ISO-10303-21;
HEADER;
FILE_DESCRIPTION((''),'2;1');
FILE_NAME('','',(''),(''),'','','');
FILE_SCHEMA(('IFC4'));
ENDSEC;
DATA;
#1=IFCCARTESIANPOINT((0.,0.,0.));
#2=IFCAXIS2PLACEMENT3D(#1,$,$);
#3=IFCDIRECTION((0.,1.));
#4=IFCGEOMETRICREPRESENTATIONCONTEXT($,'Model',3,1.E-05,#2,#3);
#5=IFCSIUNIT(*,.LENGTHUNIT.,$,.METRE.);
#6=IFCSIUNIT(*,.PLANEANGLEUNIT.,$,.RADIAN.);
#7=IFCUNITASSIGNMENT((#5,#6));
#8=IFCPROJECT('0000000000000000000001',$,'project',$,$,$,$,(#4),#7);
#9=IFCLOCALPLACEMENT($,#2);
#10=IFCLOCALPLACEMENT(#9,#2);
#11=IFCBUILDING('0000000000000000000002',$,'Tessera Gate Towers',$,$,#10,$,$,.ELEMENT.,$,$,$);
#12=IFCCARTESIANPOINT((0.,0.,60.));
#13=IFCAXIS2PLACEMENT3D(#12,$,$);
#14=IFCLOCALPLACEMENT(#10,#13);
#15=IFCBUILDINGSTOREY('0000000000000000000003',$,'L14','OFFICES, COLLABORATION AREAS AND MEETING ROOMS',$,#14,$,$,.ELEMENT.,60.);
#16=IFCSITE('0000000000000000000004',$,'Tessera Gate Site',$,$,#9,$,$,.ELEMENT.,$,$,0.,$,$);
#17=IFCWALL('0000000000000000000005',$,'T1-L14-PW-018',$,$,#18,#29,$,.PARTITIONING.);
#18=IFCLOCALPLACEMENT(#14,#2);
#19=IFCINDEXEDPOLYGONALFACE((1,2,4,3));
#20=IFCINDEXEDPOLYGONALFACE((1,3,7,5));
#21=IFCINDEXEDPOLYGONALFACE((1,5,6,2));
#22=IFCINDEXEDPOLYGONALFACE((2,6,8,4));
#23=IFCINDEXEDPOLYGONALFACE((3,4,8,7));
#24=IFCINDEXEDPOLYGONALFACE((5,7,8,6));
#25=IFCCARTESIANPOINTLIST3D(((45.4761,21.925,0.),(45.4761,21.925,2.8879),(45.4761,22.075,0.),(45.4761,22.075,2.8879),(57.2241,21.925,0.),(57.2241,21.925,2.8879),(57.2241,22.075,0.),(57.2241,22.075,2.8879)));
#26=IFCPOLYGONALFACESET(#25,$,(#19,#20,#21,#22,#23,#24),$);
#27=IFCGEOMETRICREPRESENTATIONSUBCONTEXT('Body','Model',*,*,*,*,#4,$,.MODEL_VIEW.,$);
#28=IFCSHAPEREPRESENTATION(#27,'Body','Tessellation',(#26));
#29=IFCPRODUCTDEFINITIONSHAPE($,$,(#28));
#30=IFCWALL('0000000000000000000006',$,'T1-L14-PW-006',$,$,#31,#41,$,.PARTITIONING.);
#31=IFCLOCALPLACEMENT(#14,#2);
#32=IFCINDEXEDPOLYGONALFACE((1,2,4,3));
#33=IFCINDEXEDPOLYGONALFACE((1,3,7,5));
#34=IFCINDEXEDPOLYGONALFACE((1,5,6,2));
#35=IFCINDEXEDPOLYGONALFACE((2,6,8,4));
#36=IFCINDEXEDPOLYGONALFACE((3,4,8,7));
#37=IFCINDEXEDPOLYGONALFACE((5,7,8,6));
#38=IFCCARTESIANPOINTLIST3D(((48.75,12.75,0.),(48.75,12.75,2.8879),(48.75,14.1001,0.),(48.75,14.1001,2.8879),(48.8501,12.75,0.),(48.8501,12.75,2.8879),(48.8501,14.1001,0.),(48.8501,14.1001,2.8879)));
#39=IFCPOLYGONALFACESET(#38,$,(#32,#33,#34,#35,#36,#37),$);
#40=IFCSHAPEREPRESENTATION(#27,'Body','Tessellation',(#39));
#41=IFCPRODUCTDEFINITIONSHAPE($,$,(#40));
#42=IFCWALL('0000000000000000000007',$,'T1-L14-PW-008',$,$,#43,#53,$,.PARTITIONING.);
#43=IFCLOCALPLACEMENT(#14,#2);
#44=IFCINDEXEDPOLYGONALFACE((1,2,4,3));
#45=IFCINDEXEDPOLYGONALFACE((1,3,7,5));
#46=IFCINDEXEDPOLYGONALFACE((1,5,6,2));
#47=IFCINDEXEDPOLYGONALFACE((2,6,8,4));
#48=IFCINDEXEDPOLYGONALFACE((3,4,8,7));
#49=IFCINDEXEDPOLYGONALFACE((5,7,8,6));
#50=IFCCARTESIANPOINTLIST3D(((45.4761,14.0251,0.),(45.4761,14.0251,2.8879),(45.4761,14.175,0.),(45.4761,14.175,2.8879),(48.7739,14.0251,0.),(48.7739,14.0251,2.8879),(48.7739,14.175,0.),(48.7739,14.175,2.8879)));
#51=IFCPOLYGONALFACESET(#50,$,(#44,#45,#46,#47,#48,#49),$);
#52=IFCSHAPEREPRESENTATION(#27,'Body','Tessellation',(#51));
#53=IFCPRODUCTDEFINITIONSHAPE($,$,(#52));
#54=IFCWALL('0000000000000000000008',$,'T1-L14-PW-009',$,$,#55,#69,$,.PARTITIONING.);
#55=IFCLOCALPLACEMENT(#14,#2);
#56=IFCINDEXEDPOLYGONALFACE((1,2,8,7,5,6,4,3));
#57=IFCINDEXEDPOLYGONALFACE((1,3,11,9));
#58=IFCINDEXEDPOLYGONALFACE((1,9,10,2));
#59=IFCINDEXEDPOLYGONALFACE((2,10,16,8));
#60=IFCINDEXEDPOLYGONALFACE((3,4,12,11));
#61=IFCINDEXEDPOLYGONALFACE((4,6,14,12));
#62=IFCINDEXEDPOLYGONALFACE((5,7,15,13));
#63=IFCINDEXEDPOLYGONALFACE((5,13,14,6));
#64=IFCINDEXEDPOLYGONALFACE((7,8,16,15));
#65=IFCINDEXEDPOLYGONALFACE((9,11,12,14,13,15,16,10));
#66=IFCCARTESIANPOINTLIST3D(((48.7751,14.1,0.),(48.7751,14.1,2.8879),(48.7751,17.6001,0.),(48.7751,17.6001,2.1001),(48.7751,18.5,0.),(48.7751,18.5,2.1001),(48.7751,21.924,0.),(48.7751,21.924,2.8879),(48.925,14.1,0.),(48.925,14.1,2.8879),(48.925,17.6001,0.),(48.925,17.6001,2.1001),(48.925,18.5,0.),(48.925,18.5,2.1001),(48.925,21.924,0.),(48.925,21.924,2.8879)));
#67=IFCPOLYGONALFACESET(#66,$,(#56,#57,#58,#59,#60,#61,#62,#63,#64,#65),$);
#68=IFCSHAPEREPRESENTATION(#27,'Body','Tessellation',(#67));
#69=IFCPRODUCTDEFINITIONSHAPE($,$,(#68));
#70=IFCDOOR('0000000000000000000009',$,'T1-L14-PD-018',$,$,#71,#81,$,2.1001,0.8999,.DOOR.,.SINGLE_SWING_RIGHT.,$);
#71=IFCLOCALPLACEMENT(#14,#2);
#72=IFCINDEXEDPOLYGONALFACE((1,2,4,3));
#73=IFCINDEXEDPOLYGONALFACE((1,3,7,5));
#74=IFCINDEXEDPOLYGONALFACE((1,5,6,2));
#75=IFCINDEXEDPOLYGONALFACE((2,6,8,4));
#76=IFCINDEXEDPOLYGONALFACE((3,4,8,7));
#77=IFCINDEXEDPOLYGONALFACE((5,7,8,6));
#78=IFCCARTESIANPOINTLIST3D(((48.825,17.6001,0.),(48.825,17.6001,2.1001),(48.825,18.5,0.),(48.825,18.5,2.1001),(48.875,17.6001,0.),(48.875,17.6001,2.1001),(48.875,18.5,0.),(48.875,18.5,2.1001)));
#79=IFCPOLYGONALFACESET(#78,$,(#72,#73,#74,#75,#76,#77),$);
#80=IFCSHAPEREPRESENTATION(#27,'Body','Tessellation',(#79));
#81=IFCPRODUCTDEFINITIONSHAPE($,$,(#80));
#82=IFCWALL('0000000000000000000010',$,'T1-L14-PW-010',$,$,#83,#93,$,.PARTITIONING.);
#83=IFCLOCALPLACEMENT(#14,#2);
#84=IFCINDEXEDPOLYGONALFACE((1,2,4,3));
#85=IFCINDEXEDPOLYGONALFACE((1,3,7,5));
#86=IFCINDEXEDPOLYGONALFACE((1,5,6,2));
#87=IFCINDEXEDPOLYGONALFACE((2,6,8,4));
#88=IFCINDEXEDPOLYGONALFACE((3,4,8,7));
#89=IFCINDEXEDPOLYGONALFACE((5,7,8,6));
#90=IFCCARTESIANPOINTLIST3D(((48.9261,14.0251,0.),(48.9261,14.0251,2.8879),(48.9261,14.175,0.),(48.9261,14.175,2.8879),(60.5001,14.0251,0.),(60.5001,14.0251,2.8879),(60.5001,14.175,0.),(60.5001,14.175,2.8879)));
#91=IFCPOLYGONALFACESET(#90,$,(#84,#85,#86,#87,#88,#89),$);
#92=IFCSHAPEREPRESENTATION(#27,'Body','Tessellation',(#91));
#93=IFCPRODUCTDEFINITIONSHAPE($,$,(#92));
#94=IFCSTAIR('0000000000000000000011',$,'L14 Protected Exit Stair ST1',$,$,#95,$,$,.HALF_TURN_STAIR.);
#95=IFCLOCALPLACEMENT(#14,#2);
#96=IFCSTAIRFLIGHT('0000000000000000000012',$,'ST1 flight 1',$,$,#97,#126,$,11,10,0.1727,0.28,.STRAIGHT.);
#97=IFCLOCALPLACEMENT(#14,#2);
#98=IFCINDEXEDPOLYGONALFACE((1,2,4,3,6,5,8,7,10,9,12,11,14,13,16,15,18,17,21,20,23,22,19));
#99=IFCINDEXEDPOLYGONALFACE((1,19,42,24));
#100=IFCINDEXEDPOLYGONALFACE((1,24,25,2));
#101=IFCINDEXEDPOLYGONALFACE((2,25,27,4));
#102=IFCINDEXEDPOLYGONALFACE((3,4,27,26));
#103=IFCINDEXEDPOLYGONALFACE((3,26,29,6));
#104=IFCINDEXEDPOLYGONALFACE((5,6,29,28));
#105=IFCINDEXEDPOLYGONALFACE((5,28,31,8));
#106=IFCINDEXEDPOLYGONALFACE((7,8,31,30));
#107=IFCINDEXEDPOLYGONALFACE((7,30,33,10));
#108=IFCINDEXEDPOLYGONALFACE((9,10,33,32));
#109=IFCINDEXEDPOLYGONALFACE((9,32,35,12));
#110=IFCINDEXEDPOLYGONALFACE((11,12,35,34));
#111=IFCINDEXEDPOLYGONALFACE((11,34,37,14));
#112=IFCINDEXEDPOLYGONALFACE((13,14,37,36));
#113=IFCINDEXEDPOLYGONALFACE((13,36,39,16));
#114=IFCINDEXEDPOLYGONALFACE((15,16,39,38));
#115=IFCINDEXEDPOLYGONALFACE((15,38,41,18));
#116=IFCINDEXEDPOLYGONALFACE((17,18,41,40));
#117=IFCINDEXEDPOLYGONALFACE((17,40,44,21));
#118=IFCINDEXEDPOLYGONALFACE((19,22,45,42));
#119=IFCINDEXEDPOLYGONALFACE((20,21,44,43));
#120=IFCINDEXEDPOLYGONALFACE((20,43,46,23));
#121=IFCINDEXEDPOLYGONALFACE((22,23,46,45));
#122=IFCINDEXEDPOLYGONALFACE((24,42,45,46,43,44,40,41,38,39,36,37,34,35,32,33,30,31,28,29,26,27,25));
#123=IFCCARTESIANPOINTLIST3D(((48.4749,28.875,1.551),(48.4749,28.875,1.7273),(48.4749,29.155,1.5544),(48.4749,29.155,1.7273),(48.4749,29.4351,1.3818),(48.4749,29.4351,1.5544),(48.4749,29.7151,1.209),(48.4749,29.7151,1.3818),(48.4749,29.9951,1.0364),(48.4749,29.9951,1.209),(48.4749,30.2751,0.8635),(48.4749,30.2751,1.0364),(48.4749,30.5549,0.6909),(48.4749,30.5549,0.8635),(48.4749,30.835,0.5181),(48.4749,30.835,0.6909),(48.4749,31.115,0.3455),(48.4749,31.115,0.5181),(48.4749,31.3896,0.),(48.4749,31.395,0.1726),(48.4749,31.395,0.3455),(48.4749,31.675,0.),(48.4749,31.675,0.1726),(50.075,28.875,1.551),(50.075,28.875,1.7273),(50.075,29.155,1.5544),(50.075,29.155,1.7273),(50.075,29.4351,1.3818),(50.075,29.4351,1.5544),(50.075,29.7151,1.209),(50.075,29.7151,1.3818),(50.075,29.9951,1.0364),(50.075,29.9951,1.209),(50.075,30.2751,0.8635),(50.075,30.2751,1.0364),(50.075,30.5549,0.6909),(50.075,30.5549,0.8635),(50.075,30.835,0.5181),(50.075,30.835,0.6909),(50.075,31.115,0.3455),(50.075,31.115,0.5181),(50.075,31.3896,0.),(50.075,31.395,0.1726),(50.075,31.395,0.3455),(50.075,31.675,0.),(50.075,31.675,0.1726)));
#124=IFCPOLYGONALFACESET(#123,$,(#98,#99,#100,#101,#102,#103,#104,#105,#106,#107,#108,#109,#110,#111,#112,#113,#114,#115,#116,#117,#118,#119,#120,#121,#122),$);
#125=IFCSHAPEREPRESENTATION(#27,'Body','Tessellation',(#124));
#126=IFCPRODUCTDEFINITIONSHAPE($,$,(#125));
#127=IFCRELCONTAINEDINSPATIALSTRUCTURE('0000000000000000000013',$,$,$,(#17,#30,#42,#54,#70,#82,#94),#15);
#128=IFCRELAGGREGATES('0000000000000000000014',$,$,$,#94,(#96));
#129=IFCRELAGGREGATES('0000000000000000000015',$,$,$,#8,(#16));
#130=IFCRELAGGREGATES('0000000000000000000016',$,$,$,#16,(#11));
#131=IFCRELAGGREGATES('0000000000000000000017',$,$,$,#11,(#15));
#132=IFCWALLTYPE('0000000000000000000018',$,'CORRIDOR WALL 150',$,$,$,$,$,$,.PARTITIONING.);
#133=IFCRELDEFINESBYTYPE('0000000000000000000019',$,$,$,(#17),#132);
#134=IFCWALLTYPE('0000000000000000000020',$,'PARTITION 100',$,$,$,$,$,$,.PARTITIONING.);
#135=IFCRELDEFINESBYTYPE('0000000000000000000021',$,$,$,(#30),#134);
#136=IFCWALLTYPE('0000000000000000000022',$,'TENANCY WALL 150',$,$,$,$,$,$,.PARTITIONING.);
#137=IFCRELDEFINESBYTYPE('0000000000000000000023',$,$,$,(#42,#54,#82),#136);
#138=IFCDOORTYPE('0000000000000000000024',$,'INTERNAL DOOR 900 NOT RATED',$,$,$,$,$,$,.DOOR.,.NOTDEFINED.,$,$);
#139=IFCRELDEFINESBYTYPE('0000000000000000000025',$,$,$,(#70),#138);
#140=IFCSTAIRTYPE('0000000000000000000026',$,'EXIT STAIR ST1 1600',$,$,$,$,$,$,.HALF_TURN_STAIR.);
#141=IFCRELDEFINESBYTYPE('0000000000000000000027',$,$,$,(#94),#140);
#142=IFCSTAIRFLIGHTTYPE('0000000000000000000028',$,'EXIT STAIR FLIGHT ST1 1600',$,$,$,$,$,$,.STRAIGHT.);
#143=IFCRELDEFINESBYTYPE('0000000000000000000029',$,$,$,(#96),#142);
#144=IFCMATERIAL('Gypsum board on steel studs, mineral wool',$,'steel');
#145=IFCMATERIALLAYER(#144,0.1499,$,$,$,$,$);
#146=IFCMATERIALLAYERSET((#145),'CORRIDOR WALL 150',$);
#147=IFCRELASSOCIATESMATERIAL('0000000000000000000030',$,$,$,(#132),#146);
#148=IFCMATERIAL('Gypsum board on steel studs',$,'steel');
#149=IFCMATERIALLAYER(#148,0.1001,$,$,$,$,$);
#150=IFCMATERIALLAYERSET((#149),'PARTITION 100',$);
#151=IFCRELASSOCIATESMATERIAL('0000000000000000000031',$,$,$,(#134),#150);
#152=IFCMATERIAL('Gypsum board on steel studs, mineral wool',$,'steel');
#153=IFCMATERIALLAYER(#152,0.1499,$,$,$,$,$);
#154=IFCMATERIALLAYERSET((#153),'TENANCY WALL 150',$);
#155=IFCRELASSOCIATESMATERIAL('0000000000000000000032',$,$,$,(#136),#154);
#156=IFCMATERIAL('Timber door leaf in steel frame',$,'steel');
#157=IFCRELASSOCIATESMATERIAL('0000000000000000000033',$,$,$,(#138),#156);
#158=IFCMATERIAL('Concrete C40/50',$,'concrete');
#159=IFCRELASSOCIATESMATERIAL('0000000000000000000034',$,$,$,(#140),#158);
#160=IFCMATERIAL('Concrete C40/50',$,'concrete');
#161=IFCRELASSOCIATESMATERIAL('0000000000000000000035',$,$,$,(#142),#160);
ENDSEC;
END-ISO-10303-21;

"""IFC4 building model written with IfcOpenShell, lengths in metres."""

from ifc_helpers import new_model, si_unit, direction, frame, frame_2d, origin, place, context, subcontext, project, spatial, polyline, rectangle, outline, extrude, source, transform, mapped, material, layer, layer_set, type_object, element, fill, aggregate, save


model = new_model("IFC4")

# Units and contexts
model_context = context("Model", 3, precision=1e-05, world=origin(), true_north=direction((0.0, 1.0)))
body_context = subcontext(model_context, "Body", "Model", "MODEL_VIEW")
ifc_project = project(units=[si_unit("LENGTHUNIT", "METRE"), si_unit("PLANEANGLEUNIT", "RADIAN")], contexts=[model_context])

# Site, building, storey
site_placement = place(None, origin())
site = spatial("IfcSite", under=ifc_project, at=site_placement, Name="Tessera Gate Site", CompositionType="ELEMENT", RefElevation=0.0)
building_placement = place(site_placement, origin())
building = spatial("IfcBuilding", under=site, at=building_placement, Name="Tessera Gate Towers", CompositionType="ELEMENT")
storey_placement = place(building_placement, frame((0.0, 0.0, 60.0)))
storey = spatial("IfcBuildingStorey", under=building, at=storey_placement, Name="L14", Description="OFFICES, COLLABORATION AREAS AND MEETING ROOMS", CompositionType="ELEMENT", Elevation=60.0)

# Shared definitions
ifc_material_1 = material(Name="Gypsum board on steel studs, mineral wool", Category="steel")
ifc_layer_1 = layer(ifc_material_1, 0.1499)
ifc_layer_set_1 = layer_set([ifc_layer_1], Name="CORRIDOR WALL 150")
wall_type_1 = type_object("IfcWallType", Name="CORRIDOR WALL 150", PredefinedType="PARTITIONING", material=ifc_layer_set_1)
shared_shape_1 = source(origin(), body_context, "Body", "SweptSolid", [
    extrude(rectangle(XDim=0.8999, YDim=2.1001, at=frame_2d((0.45, 1.05))), frame((0.0, 0.085, 0.0), z_axis=(0.0, -1.0, 0.0), x_axis=(1.0, 0.0, 0.0)), (0.0, 0.0, 1.0), 0.1699),
])
shared_shape_2 = source(origin(), body_context, "Body", "SweptSolid", [
    extrude(rectangle(XDim=0.8999, YDim=2.1001, at=frame_2d((0.45, 1.05))), frame((0.0, 0.0249, 0.0), z_axis=(0.0, -1.0, 0.0), x_axis=(1.0, 0.0, 0.0)), (0.0, 0.0, 1.0), 0.05),
])

# Walls
wall_1_placement = place(storey_placement, frame((45.4761, 22.0, 0.0), z_axis=(0.0, 0.0, 1.0), x_axis=(1.0, 0.0, 0.0)))
element("IfcWall", 1, at=wall_1_placement, inside=storey, type_object=wall_type_1, Name="T1-L14-PW-018", PredefinedType="PARTITIONING", context=body_context, shape_type="SweptSolid", body=[
    extrude(rectangle(XDim=11.748, YDim=0.1499, at=frame_2d((5.874, 0.0))), origin(), (0.0, 0.0, 1.0), 2.8879),
])
ifc_material_2 = material(Name="Gypsum board on steel studs", Category="steel")
ifc_layer_2 = layer(ifc_material_2, 0.1001)
ifc_layer_set_2 = layer_set([ifc_layer_2], Name="PARTITION 100")
wall_type_2 = type_object("IfcWallType", Name="PARTITION 100", PredefinedType="PARTITIONING", material=ifc_layer_set_2)
wall_2_placement = place(storey_placement, frame((48.8, 12.75, 0.0), z_axis=(0.0, 0.0, 1.0), x_axis=(0.0, 1.0, 0.0)))
element("IfcWall", 2, at=wall_2_placement, inside=storey, type_object=wall_type_2, Name="T1-L14-PW-006", PredefinedType="PARTITIONING", context=body_context, shape_type="SweptSolid", body=[
    extrude(rectangle(XDim=1.3501, YDim=0.1001, at=frame_2d((0.675, 0.0))), origin(), (0.0, 0.0, 1.0), 2.8879),
])
ifc_material_3 = material(Name="Gypsum board on steel studs, mineral wool", Category="steel")
ifc_layer_3 = layer(ifc_material_3, 0.1499)
ifc_layer_set_3 = layer_set([ifc_layer_3], Name="TENANCY WALL 150")
wall_type_3 = type_object("IfcWallType", Name="TENANCY WALL 150", PredefinedType="PARTITIONING", material=ifc_layer_set_3)
wall_3_placement = place(storey_placement, frame((45.4761, 14.1001, 0.0), z_axis=(0.0, 0.0, 1.0), x_axis=(1.0, 0.0, 0.0)))
element("IfcWall", 3, at=wall_3_placement, inside=storey, type_object=wall_type_3, Name="T1-L14-PW-008", PredefinedType="PARTITIONING", context=body_context, shape_type="SweptSolid", body=[
    extrude(rectangle(XDim=3.2979, YDim=0.1499, at=frame_2d((1.6489, 0.0))), origin(), (0.0, 0.0, 1.0), 2.8879),
])

# Wall, opening, door
wall_4_placement = place(storey_placement, frame((48.8501, 21.9241, 0.0), z_axis=(0.0, 0.0, 1.0), x_axis=(0.0, -1.0, 0.0)))
wall_4 = element("IfcWall", 4, at=wall_4_placement, inside=storey, type_object=wall_type_3, Name="T1-L14-PW-009", PredefinedType="PARTITIONING", context=body_context, shape_type="SweptSolid", body=[
    extrude(rectangle(XDim=7.824, YDim=0.1499, at=frame_2d((3.9121, 0.0))), origin(), (0.0, 0.0, 1.0), 2.8879),
])
opening_1_placement = place(wall_4_placement, frame((3.4241, 0.0, 0.0)))
opening_1 = element("IfcOpeningElement", 5, at=opening_1_placement, cuts=wall_4, PredefinedType="OPENING", context=body_context, shape_type="MappedRepresentation", body=[
    mapped(shared_shape_1, transform((0.0, 0.0, 0.0), scale=1.0)),
])
ifc_material_4 = material(Name="Timber door leaf in steel frame", Category="steel")
door_type_1 = type_object("IfcDoorType", Name="INTERNAL DOOR 900 NOT RATED", OperationType="NOTDEFINED", PredefinedType="DOOR", material=ifc_material_4)
door_1_placement = place(opening_1_placement, origin())
door_1 = element("IfcDoor", 6, at=door_1_placement, inside=storey, type_object=door_type_1, Name="T1-L14-PD-018", OperationType="SINGLE_SWING_RIGHT", OverallHeight=2.1001, OverallWidth=0.8999, PredefinedType="DOOR", context=body_context, shape_type="MappedRepresentation", body=[
    mapped(shared_shape_2, transform((0.0, 0.0, 0.0), scale=1.0)),
])
fill(opening_1, door_1)

# Wall
wall_5_placement = place(storey_placement, frame((48.926, 14.1001, 0.0), z_axis=(0.0, 0.0, 1.0), x_axis=(1.0, 0.0, 0.0)))
element("IfcWall", 7, at=wall_5_placement, inside=storey, type_object=wall_type_3, Name="T1-L14-PW-010", PredefinedType="PARTITIONING", context=body_context, shape_type="SweptSolid", body=[
    extrude(rectangle(XDim=11.574, YDim=0.1499, at=frame_2d((5.7871, 0.0))), origin(), (0.0, 0.0, 1.0), 2.8879),
])

# Stair, stair flight
ifc_material_5 = material(Name="Concrete C40/50", Category="concrete")
stair_type = type_object("IfcStairType", Name="EXIT STAIR ST1 1600", PredefinedType="HALF_TURN_STAIR", material=ifc_material_5)
stair_placement = place(storey_placement, origin())
stair = element("IfcStair", 8, at=stair_placement, inside=storey, type_object=stair_type, Name="L14 Protected Exit Stair ST1", PredefinedType="HALF_TURN_STAIR")
ifc_material_6 = material(Name="Concrete C40/50", Category="concrete")
stair_flight_type = type_object("IfcStairFlightType", Name="EXIT STAIR FLIGHT ST1 1600", PredefinedType="STRAIGHT", material=ifc_material_6)
stair_flight_placement = place(storey_placement, frame((49.2749, 31.675, 0.0), z_axis=(0.0, 0.0, 1.0), x_axis=(0.0, -1.0, 0.0)))
stair_flight = element("IfcStairFlight", 9, at=stair_flight_placement, type_object=stair_flight_type, Name="ST1 flight 1", NumberOfRisers=11, NumberOfTreads=10, PredefinedType="STRAIGHT", RiserHeight=0.1727, TreadLength=0.28, context=body_context, shape_type="SweptSolid", body=[
    extrude(outline(polyline([(0.0, 0.0), (0.0, 0.1726), (0.28, 0.1726), (0.28, 0.3455), (0.5601, 0.3455), (0.5601, 0.5181), (0.8401, 0.5181), (0.8401, 0.6909), (1.1201, 0.6909), (1.1201, 0.8635), (1.3999, 0.8635), (1.3999, 1.0364), (1.6799, 1.0364), (1.6799, 1.209), (1.96, 1.209), (1.96, 1.3818), (2.24, 1.3818), (2.24, 1.5544), (2.52, 1.5544), (2.52, 1.7273), (2.8, 1.7273), (2.8, 1.8999), (2.8, 1.551), (0.2854, 0.0), (0.0, 0.0)])), frame((0.0, 0.8, 0.0), z_axis=(0.0, -1.0, 0.0), x_axis=(1.0, 0.0, 0.0)), (0.0, 0.0, 1.0), 1.6001),
])
aggregate(stair, [stair_flight])

save(model, "model.ifc")
